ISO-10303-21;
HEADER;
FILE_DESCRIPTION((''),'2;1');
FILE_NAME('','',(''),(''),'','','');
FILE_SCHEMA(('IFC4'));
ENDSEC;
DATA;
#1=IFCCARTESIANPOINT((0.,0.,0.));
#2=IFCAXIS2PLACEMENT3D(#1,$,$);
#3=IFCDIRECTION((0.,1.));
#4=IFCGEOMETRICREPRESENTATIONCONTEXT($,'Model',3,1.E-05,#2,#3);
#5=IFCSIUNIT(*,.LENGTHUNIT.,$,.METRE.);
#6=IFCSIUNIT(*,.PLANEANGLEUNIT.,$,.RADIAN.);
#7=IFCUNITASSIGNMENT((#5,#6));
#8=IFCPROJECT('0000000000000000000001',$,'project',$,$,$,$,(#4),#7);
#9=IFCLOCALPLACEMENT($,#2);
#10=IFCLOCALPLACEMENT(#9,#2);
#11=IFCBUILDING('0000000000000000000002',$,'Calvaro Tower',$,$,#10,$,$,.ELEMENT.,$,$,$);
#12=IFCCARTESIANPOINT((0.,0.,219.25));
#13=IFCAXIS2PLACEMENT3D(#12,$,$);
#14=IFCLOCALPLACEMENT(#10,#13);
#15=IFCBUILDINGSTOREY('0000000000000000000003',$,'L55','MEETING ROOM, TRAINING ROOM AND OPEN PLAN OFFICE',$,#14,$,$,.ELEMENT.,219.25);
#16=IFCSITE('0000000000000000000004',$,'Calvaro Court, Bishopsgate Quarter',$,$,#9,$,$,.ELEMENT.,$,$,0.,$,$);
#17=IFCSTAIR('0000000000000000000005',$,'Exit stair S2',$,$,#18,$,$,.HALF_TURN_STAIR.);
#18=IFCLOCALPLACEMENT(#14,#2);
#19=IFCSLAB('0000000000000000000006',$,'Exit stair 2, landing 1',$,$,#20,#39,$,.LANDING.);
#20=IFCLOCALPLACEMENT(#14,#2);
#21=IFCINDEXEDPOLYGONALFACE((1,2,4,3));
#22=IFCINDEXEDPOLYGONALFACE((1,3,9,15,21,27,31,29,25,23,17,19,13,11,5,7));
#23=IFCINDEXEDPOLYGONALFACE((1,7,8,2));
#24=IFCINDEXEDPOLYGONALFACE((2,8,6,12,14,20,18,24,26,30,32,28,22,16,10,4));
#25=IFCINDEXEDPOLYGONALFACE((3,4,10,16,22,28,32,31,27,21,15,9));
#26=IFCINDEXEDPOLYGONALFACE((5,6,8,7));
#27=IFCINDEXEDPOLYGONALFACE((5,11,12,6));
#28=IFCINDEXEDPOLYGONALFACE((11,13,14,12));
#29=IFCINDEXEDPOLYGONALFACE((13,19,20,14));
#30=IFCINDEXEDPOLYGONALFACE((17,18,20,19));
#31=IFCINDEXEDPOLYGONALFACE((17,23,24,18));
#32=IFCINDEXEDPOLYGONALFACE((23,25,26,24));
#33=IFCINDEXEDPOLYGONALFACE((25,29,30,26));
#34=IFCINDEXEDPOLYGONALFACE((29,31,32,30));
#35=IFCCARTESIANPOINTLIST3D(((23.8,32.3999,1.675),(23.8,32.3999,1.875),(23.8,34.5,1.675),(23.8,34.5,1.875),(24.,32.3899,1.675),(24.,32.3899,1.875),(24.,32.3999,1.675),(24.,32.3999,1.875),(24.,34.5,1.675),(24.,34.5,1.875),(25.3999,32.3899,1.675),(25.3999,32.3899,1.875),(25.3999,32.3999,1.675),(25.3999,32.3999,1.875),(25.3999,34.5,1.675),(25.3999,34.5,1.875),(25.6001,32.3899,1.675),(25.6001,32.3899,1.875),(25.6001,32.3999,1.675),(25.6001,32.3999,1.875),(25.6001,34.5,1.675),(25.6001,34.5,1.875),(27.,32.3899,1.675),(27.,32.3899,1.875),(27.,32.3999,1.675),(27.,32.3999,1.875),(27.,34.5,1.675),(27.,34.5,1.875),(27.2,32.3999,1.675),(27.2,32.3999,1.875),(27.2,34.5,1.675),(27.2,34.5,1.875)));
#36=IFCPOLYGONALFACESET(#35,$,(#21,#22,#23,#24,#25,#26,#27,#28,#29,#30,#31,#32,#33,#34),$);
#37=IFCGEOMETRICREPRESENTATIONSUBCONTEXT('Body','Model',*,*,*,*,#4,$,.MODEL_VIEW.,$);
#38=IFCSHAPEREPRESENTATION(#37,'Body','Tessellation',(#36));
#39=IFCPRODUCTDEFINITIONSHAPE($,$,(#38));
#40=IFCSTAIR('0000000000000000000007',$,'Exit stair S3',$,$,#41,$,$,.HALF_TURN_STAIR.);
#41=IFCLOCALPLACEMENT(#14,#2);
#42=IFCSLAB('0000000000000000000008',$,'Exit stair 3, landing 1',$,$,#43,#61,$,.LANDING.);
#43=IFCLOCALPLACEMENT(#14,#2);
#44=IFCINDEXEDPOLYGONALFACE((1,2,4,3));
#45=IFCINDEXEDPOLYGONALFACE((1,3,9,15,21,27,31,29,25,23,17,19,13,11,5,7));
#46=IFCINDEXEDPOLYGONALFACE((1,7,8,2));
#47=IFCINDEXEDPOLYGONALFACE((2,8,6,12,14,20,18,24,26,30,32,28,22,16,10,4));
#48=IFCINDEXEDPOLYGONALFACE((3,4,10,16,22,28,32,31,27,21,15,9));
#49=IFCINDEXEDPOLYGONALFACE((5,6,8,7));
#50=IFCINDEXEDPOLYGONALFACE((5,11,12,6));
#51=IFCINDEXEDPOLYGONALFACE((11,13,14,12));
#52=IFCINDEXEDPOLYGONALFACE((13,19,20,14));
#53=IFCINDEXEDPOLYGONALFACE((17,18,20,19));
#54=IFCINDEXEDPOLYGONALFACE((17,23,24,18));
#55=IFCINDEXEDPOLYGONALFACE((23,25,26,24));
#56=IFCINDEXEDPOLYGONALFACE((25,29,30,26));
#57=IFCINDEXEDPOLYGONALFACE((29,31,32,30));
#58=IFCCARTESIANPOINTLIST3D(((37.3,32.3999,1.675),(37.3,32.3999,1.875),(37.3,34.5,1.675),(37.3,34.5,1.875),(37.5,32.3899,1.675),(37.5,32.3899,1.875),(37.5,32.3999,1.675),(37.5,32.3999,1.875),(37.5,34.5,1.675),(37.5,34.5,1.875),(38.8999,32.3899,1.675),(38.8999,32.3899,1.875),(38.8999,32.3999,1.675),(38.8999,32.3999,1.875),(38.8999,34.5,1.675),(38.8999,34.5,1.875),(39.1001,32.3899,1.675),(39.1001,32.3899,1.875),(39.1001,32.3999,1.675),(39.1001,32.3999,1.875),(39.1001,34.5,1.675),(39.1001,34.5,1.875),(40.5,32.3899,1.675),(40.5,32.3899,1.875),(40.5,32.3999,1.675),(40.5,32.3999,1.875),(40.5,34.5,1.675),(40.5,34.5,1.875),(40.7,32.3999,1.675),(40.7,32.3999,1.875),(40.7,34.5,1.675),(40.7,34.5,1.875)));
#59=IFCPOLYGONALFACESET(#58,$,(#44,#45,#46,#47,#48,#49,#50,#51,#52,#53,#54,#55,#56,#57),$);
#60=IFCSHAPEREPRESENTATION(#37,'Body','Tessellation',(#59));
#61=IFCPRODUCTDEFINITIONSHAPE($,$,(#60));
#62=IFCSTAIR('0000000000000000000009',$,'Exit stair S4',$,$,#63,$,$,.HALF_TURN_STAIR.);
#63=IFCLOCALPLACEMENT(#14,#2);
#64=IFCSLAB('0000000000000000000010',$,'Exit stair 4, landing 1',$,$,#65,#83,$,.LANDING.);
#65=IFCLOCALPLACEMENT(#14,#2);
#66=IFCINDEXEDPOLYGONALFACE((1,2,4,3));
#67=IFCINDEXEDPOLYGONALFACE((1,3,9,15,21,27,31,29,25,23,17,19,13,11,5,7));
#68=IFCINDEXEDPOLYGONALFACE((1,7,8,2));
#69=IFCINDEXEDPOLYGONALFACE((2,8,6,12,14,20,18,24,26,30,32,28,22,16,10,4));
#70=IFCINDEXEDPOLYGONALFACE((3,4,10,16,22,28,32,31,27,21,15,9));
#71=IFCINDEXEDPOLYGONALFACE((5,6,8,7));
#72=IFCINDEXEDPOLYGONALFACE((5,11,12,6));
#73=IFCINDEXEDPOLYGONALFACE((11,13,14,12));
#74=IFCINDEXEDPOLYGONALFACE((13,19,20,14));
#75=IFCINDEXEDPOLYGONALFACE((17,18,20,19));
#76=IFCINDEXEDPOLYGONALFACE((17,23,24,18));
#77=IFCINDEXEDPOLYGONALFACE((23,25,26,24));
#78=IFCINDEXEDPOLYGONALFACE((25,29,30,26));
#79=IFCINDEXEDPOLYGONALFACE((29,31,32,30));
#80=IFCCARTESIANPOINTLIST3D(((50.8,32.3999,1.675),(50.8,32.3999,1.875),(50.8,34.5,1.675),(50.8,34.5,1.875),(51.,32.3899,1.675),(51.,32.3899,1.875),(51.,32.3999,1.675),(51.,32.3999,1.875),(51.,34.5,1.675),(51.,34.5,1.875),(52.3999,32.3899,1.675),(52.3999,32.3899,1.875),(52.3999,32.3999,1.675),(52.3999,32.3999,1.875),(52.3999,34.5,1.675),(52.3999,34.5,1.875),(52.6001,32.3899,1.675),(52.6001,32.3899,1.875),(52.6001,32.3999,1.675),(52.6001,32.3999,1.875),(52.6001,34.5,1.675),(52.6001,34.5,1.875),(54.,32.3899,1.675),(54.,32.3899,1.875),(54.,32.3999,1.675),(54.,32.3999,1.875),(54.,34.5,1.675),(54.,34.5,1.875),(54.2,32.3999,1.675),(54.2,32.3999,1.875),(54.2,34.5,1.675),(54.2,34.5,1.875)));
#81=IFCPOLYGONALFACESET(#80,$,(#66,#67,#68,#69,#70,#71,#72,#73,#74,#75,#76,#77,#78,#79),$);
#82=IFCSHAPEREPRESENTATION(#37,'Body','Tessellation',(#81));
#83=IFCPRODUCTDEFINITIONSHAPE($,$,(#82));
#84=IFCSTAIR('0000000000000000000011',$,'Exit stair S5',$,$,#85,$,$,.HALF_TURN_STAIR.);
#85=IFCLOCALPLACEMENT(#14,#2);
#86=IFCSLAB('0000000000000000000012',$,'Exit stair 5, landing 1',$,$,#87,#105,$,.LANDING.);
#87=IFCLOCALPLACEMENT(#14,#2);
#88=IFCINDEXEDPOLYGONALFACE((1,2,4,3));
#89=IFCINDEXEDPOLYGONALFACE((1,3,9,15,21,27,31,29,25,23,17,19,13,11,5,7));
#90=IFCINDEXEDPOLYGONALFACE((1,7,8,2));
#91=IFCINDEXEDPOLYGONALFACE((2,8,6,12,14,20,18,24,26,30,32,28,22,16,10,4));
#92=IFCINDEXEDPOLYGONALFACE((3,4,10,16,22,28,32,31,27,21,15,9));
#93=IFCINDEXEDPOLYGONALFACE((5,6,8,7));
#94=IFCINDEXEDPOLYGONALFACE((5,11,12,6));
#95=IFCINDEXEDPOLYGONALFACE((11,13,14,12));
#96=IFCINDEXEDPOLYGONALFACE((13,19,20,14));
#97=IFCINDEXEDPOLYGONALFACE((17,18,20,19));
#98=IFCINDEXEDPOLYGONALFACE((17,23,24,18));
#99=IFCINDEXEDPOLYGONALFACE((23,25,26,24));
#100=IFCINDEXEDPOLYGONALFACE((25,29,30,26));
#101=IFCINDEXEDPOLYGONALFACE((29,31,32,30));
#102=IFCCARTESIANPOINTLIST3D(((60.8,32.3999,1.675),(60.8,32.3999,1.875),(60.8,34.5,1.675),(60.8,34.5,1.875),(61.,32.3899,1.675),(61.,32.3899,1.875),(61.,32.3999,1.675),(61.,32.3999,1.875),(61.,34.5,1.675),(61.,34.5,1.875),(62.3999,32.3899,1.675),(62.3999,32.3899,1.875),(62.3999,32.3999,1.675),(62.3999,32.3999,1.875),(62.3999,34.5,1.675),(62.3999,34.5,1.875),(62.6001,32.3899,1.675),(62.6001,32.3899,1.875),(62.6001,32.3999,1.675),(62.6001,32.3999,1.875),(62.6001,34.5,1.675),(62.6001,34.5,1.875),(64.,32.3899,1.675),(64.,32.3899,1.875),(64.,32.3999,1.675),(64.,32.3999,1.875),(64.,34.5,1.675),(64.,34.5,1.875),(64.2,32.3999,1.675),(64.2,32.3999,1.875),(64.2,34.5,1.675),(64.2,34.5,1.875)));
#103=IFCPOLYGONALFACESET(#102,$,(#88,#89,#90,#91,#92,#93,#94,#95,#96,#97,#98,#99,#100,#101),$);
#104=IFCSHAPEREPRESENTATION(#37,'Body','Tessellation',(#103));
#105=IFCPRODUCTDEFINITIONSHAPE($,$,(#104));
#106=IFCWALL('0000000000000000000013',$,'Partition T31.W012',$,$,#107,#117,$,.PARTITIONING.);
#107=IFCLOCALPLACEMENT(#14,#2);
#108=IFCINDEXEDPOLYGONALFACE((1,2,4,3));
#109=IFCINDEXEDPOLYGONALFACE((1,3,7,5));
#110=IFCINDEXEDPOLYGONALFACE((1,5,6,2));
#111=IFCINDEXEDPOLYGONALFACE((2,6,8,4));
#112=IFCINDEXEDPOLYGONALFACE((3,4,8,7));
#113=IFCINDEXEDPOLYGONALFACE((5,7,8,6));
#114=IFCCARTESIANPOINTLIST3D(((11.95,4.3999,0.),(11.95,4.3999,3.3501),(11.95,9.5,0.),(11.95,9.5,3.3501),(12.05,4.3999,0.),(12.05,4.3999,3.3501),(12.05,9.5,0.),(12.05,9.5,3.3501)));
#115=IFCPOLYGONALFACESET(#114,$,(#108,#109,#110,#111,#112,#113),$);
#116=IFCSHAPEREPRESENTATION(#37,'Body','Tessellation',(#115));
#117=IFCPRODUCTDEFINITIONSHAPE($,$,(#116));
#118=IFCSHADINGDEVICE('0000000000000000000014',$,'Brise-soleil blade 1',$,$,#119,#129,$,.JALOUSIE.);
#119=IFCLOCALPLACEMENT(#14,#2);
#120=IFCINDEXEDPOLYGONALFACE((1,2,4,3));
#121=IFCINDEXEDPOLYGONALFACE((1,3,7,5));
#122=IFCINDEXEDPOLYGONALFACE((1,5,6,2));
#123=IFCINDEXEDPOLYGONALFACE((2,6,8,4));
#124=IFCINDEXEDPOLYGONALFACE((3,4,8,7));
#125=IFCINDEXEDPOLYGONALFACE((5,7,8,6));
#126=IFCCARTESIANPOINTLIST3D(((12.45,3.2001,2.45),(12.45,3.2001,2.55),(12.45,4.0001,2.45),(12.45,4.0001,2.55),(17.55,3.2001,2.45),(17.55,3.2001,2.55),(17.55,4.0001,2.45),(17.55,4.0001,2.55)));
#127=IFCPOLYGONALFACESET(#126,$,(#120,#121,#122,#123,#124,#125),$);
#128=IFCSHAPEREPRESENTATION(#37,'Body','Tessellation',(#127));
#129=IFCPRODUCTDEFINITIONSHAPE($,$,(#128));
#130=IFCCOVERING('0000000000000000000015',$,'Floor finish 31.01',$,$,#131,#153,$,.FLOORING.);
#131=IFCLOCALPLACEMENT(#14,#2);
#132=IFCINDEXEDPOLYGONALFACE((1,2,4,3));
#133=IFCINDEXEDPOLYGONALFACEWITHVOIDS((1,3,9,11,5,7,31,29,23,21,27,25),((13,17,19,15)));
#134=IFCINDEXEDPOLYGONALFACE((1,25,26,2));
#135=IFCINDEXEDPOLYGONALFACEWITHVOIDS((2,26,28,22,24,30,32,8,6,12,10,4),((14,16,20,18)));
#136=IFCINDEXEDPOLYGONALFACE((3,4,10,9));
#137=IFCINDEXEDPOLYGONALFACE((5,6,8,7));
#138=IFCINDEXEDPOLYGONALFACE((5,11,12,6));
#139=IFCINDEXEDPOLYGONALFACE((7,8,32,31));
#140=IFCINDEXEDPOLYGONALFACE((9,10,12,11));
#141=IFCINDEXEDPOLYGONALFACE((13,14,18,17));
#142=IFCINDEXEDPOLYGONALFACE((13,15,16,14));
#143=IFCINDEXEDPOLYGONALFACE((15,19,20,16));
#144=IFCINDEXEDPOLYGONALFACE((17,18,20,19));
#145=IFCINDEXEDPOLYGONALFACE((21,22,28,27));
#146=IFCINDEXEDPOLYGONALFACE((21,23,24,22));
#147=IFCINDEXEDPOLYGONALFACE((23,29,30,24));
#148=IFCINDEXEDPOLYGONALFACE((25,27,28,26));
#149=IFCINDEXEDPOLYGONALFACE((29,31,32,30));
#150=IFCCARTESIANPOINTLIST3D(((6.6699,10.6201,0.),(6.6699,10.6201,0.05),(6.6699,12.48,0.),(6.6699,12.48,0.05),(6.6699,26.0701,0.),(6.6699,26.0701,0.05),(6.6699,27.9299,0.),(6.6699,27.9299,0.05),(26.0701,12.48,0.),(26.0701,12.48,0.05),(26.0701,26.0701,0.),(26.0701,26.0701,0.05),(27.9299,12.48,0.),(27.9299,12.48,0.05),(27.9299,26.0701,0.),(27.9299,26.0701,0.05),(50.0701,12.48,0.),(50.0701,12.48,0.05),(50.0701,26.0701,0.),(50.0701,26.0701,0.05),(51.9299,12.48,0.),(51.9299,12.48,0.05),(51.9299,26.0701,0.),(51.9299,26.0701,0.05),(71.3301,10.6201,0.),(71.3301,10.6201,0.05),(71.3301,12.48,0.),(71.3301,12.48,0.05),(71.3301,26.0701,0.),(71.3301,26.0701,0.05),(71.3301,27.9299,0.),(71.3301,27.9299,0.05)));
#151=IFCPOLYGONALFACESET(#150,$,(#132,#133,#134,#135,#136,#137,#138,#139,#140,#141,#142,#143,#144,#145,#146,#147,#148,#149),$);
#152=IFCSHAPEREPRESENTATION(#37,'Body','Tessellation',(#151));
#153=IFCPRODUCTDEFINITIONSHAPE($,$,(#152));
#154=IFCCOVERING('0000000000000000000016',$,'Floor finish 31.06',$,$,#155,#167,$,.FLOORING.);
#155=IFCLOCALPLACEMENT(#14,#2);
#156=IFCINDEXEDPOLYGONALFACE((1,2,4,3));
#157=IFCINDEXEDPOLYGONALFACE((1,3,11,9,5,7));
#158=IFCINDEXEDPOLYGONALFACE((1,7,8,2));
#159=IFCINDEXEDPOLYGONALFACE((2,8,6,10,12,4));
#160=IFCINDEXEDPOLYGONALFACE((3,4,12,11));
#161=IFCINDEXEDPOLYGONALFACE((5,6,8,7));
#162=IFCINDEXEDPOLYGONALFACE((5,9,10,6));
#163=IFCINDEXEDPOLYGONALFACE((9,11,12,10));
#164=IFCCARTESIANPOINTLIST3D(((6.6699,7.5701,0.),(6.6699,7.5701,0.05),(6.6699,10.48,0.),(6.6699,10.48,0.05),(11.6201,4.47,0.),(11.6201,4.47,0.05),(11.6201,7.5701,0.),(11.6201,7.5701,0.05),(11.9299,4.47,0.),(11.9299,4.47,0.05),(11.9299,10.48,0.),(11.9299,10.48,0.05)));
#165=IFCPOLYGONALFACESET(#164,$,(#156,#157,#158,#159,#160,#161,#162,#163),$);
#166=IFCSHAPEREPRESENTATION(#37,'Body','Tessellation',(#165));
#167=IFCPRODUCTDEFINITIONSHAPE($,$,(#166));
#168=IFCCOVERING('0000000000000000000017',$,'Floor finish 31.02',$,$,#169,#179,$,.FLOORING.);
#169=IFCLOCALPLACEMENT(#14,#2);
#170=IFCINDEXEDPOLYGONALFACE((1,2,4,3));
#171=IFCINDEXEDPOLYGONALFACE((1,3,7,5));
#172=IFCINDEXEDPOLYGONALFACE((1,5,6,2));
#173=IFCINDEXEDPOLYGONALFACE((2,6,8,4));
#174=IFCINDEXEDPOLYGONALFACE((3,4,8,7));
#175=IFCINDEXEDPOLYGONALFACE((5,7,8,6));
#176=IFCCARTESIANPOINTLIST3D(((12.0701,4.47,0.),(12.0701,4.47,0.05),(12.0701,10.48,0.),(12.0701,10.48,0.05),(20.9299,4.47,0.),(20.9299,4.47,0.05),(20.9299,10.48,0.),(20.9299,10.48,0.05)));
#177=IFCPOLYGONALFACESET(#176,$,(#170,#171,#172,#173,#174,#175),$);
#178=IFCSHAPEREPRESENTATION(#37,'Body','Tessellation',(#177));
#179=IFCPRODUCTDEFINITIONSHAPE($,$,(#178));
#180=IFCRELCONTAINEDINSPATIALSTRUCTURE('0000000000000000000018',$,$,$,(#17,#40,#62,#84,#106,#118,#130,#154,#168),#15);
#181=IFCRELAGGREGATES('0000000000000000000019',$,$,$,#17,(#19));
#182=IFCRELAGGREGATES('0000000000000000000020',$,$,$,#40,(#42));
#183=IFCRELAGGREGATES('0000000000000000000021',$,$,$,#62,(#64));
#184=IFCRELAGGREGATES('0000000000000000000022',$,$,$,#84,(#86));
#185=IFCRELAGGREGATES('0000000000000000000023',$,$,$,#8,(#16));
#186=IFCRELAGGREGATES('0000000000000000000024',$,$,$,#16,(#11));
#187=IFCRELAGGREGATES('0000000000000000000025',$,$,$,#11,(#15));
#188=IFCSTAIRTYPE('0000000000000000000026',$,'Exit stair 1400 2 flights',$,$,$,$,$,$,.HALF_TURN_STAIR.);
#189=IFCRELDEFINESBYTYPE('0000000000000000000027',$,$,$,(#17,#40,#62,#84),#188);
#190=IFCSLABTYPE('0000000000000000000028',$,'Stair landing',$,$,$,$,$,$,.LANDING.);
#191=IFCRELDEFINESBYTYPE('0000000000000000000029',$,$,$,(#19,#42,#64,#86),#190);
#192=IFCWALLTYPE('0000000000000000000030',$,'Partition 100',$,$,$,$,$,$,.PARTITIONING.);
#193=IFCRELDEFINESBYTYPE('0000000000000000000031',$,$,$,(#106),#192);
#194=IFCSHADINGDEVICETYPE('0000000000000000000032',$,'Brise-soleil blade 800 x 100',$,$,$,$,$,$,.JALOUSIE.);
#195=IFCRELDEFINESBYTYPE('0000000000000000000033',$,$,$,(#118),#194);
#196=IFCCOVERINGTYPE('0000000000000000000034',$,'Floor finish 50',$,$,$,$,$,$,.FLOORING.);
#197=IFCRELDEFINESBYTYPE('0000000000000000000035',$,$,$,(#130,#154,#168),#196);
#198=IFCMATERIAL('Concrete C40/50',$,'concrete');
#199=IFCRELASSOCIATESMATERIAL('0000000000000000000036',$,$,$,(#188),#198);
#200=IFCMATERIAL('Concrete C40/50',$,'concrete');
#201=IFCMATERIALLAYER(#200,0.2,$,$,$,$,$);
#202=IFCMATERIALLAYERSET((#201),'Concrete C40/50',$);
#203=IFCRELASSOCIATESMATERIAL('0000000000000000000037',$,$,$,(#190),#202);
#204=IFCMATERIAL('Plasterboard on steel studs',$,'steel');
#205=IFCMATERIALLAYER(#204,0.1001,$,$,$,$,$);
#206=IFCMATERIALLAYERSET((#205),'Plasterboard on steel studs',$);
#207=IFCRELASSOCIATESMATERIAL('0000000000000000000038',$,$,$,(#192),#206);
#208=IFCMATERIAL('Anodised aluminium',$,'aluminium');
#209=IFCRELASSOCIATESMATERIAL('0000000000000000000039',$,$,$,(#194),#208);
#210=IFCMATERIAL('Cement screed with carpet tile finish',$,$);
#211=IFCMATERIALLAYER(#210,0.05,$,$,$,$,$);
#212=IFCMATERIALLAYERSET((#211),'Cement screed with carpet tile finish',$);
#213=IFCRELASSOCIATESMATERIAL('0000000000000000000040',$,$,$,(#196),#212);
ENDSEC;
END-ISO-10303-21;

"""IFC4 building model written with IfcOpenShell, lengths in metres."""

from ifc_helpers import new_model, si_unit, direction, frame, frame_2d, origin, origin_2d, place, context, subcontext, project, spatial, polyline, rectangle, outline, extrude, material, layer, layer_set, material_profile, profile_set, type_object, element, aggregate, save


model = new_model("IFC4")

# Units and contexts
model_context = context("Model", 3, precision=1e-05, world=origin(), true_north=direction((0.0, 1.0)))
body_context = subcontext(model_context, "Body", "Model", "MODEL_VIEW")
ifc_project = project(units=[si_unit("LENGTHUNIT", "METRE"), si_unit("PLANEANGLEUNIT", "RADIAN")], contexts=[model_context])

# Site, building, storey
site_placement = place(None, origin())
site = spatial("IfcSite", under=ifc_project, at=site_placement, Name="Calvaro Court, Bishopsgate Quarter", CompositionType="ELEMENT", RefElevation=0.0)
building_placement = place(site_placement, origin())
building = spatial("IfcBuilding", under=site, at=building_placement, Name="Calvaro Tower", CompositionType="ELEMENT")
storey_placement = place(building_placement, frame((0.0, 0.0, 219.25)))
storey = spatial("IfcBuildingStorey", under=building, at=storey_placement, Name="L55", Description="MEETING ROOM, TRAINING ROOM AND OPEN PLAN OFFICE", CompositionType="ELEMENT", Elevation=219.25)

# Stairs, slabs
ifc_material_1 = material(Name="Concrete C40/50", Category="concrete")
stair_type = type_object("IfcStairType", Name="Exit stair 1400 2 flights", PredefinedType="HALF_TURN_STAIR", material=ifc_material_1)
ifc_material_2 = material(Name="Concrete C40/50", Category="concrete")
ifc_layer_1 = layer(ifc_material_2, 0.2)
ifc_layer_set_1 = layer_set([ifc_layer_1], Name="Concrete C40/50")
slab_type_1 = type_object("IfcSlabType", Name="Stair landing", PredefinedType="LANDING", material=ifc_layer_set_1)
stair_1_placement = place(storey_placement, origin())
stair_1 = element("IfcStair", 1, at=stair_1_placement, inside=storey, type_object=stair_type, Name="Exit stair S2", PredefinedType="HALF_TURN_STAIR")
slab_1_placement = place(storey_placement, frame((0.0, 0.0, 1.675)))
slab_1 = element("IfcSlab", 2, at=slab_1_placement, type_object=slab_type_1, Name="Exit stair 2, landing 1", PredefinedType="LANDING", context=body_context, shape_type="SweptSolid", body=[
    extrude(outline(polyline([(25.3999, 32.3899), (24.0, 32.3899), (24.0, 32.3999), (23.8, 32.3999), (23.8, 34.5), (24.0, 34.5), (25.3999, 34.5), (25.6001, 34.5), (27.0, 34.5), (27.2, 34.5), (27.2, 32.3999), (27.0, 32.3999), (27.0, 32.3899), (25.6001, 32.3899), (25.6001, 32.3999), (25.3999, 32.3999), (25.3999, 32.3899)])), origin(), (0.0, 0.0, 1.0), 0.2),
])
aggregate(stair_1, [slab_1])
stair_2_placement = place(storey_placement, origin())
stair_2 = element("IfcStair", 3, at=stair_2_placement, inside=storey, type_object=stair_type, Name="Exit stair S3", PredefinedType="HALF_TURN_STAIR")
slab_2_placement = place(storey_placement, frame((0.0, 0.0, 1.675)))
slab_2 = element("IfcSlab", 4, at=slab_2_placement, type_object=slab_type_1, Name="Exit stair 3, landing 1", PredefinedType="LANDING", context=body_context, shape_type="SweptSolid", body=[
    extrude(outline(polyline([(38.8999, 32.3899), (37.5, 32.3899), (37.5, 32.3999), (37.3, 32.3999), (37.3, 34.5), (37.5, 34.5), (38.8999, 34.5), (39.1001, 34.5), (40.5, 34.5), (40.7, 34.5), (40.7, 32.3999), (40.5, 32.3999), (40.5, 32.3899), (39.1001, 32.3899), (39.1001, 32.3999), (38.8999, 32.3999), (38.8999, 32.3899)])), origin(), (0.0, 0.0, 1.0), 0.2),
])
aggregate(stair_2, [slab_2])
stair_3_placement = place(storey_placement, origin())
stair_3 = element("IfcStair", 5, at=stair_3_placement, inside=storey, type_object=stair_type, Name="Exit stair S4", PredefinedType="HALF_TURN_STAIR")
slab_3_placement = place(storey_placement, frame((0.0, 0.0, 1.675)))
slab_3 = element("IfcSlab", 6, at=slab_3_placement, type_object=slab_type_1, Name="Exit stair 4, landing 1", PredefinedType="LANDING", context=body_context, shape_type="SweptSolid", body=[
    extrude(outline(polyline([(52.3999, 32.3899), (51.0, 32.3899), (51.0, 32.3999), (50.8, 32.3999), (50.8, 34.5), (51.0, 34.5), (52.3999, 34.5), (52.6001, 34.5), (54.0, 34.5), (54.2, 34.5), (54.2, 32.3999), (54.0, 32.3999), (54.0, 32.3899), (52.6001, 32.3899), (52.6001, 32.3999), (52.3999, 32.3999), (52.3999, 32.3899)])), origin(), (0.0, 0.0, 1.0), 0.2),
])
aggregate(stair_3, [slab_3])
stair_4_placement = place(storey_placement, origin())
stair_4 = element("IfcStair", 7, at=stair_4_placement, inside=storey, type_object=stair_type, Name="Exit stair S5", PredefinedType="HALF_TURN_STAIR")
slab_4_placement = place(storey_placement, frame((0.0, 0.0, 1.675)))
slab_4 = element("IfcSlab", 8, at=slab_4_placement, type_object=slab_type_1, Name="Exit stair 5, landing 1", PredefinedType="LANDING", context=body_context, shape_type="SweptSolid", body=[
    extrude(outline(polyline([(62.3999, 32.3899), (61.0, 32.3899), (61.0, 32.3999), (60.8, 32.3999), (60.8, 34.5), (61.0, 34.5), (62.3999, 34.5), (62.6001, 34.5), (64.0, 34.5), (64.2, 34.5), (64.2, 32.3999), (64.0, 32.3999), (64.0, 32.3899), (62.6001, 32.3899), (62.6001, 32.3999), (62.3999, 32.3999), (62.3999, 32.3899)])), origin(), (0.0, 0.0, 1.0), 0.2),
])
aggregate(stair_4, [slab_4])

# Wall
ifc_material_3 = material(Name="Plasterboard on steel studs", Category="steel")
ifc_layer_2 = layer(ifc_material_3, 0.1001)
ifc_layer_set_2 = layer_set([ifc_layer_2], Name="Plasterboard on steel studs")
wall_type = type_object("IfcWallType", Name="Partition 100", PredefinedType="PARTITIONING", material=ifc_layer_set_2)
wall_placement = place(storey_placement, frame((12.0, 4.3999, 0.0), z_axis=(0.0, 0.0, 1.0), x_axis=(0.0, 1.0, 0.0)))
element("IfcWall", 9, at=wall_placement, inside=storey, type_object=wall_type, Name="Partition T31.W012", PredefinedType="PARTITIONING", context=body_context, shape_type="SweptSolid", body=[
    extrude(rectangle(XDim=5.1001, YDim=0.1001, at=frame_2d((2.55, 0.0))), origin(), (0.0, 0.0, 1.0), 3.3501),
])

# Shading device
ifc_material_4 = material(Name="Anodised aluminium", Category="aluminium")
ifc_material_profile_1 = material_profile(ifc_material_4, rectangle(XDim=0.8, YDim=0.1001, at=origin_2d()), Name="Brise-soleil blade 800 x 100")
ifc_profile_set_1 = profile_set([ifc_material_profile_1], Name="Anodised aluminium")
shading_device_type = type_object("IfcShadingDeviceType", Name="Brise-soleil blade 800 x 100", PredefinedType="JALOUSIE", material=ifc_profile_set_1)
shading_device_placement = place(storey_placement, frame((12.45, 3.6001, 2.5), z_axis=(1.0, 0.0, 0.0), x_axis=(0.0, 1.0, 0.0)))
element("IfcShadingDevice", 10, at=shading_device_placement, inside=storey, type_object=shading_device_type, Name="Brise-soleil blade 1", PredefinedType="JALOUSIE", context=body_context, shape_type="SweptSolid", body=[
    extrude(rectangle(XDim=0.8, YDim=0.1001, at=origin_2d()), origin(), (0.0, 0.0, 1.0), 5.1001),
])

# Coverings
ifc_material_5 = material(Name="Cement screed with carpet tile finish")
ifc_layer_3 = layer(ifc_material_5, 0.05)
ifc_layer_set_3 = layer_set([ifc_layer_3], Name="Cement screed with carpet tile finish")
covering_type = type_object("IfcCoveringType", Name="Floor finish 50", PredefinedType="FLOORING", material=ifc_layer_set_3)
covering_1_placement = place(storey_placement, origin())
element("IfcCovering", 11, at=covering_1_placement, inside=storey, type_object=covering_type, Name="Floor finish 31.01", PredefinedType="FLOORING", context=body_context, shape_type="SweptSolid", body=[
    extrude(outline(polyline([(6.6699, 10.6201), (6.6699, 12.48), (26.0701, 12.48), (26.0701, 26.0701), (6.6699, 26.0701), (6.6699, 27.9299), (71.3301, 27.9299), (71.3301, 26.0701), (51.9299, 26.0701), (51.9299, 12.48), (71.3301, 12.48), (71.3301, 10.6201), (6.6699, 10.6201)]), holes=[polyline([(50.0701, 12.48), (50.0701, 26.0701), (27.9299, 26.0701), (27.9299, 12.48), (50.0701, 12.48)])]), origin(), (0.0, 0.0, 1.0), 0.05),
])
covering_2_placement = place(storey_placement, origin())
element("IfcCovering", 12, at=covering_2_placement, inside=storey, type_object=covering_type, Name="Floor finish 31.06", PredefinedType="FLOORING", context=body_context, shape_type="SweptSolid", body=[
    extrude(outline(polyline([(11.9299, 10.48), (11.9299, 4.47), (11.6201, 4.47), (11.6201, 7.5701), (6.6699, 7.5701), (6.6699, 10.48), (11.9299, 10.48)])), origin(), (0.0, 0.0, 1.0), 0.05),
])
covering_3_placement = place(storey_placement, origin())
element("IfcCovering", 13, at=covering_3_placement, inside=storey, type_object=covering_type, Name="Floor finish 31.02", PredefinedType="FLOORING", context=body_context, shape_type="SweptSolid", body=[
    extrude(outline(polyline([(12.0701, 10.48), (20.9299, 10.48), (20.9299, 4.47), (12.0701, 4.47), (12.0701, 10.48)])), origin(), (0.0, 0.0, 1.0), 0.05),
])

save(model, "model.ifc")
